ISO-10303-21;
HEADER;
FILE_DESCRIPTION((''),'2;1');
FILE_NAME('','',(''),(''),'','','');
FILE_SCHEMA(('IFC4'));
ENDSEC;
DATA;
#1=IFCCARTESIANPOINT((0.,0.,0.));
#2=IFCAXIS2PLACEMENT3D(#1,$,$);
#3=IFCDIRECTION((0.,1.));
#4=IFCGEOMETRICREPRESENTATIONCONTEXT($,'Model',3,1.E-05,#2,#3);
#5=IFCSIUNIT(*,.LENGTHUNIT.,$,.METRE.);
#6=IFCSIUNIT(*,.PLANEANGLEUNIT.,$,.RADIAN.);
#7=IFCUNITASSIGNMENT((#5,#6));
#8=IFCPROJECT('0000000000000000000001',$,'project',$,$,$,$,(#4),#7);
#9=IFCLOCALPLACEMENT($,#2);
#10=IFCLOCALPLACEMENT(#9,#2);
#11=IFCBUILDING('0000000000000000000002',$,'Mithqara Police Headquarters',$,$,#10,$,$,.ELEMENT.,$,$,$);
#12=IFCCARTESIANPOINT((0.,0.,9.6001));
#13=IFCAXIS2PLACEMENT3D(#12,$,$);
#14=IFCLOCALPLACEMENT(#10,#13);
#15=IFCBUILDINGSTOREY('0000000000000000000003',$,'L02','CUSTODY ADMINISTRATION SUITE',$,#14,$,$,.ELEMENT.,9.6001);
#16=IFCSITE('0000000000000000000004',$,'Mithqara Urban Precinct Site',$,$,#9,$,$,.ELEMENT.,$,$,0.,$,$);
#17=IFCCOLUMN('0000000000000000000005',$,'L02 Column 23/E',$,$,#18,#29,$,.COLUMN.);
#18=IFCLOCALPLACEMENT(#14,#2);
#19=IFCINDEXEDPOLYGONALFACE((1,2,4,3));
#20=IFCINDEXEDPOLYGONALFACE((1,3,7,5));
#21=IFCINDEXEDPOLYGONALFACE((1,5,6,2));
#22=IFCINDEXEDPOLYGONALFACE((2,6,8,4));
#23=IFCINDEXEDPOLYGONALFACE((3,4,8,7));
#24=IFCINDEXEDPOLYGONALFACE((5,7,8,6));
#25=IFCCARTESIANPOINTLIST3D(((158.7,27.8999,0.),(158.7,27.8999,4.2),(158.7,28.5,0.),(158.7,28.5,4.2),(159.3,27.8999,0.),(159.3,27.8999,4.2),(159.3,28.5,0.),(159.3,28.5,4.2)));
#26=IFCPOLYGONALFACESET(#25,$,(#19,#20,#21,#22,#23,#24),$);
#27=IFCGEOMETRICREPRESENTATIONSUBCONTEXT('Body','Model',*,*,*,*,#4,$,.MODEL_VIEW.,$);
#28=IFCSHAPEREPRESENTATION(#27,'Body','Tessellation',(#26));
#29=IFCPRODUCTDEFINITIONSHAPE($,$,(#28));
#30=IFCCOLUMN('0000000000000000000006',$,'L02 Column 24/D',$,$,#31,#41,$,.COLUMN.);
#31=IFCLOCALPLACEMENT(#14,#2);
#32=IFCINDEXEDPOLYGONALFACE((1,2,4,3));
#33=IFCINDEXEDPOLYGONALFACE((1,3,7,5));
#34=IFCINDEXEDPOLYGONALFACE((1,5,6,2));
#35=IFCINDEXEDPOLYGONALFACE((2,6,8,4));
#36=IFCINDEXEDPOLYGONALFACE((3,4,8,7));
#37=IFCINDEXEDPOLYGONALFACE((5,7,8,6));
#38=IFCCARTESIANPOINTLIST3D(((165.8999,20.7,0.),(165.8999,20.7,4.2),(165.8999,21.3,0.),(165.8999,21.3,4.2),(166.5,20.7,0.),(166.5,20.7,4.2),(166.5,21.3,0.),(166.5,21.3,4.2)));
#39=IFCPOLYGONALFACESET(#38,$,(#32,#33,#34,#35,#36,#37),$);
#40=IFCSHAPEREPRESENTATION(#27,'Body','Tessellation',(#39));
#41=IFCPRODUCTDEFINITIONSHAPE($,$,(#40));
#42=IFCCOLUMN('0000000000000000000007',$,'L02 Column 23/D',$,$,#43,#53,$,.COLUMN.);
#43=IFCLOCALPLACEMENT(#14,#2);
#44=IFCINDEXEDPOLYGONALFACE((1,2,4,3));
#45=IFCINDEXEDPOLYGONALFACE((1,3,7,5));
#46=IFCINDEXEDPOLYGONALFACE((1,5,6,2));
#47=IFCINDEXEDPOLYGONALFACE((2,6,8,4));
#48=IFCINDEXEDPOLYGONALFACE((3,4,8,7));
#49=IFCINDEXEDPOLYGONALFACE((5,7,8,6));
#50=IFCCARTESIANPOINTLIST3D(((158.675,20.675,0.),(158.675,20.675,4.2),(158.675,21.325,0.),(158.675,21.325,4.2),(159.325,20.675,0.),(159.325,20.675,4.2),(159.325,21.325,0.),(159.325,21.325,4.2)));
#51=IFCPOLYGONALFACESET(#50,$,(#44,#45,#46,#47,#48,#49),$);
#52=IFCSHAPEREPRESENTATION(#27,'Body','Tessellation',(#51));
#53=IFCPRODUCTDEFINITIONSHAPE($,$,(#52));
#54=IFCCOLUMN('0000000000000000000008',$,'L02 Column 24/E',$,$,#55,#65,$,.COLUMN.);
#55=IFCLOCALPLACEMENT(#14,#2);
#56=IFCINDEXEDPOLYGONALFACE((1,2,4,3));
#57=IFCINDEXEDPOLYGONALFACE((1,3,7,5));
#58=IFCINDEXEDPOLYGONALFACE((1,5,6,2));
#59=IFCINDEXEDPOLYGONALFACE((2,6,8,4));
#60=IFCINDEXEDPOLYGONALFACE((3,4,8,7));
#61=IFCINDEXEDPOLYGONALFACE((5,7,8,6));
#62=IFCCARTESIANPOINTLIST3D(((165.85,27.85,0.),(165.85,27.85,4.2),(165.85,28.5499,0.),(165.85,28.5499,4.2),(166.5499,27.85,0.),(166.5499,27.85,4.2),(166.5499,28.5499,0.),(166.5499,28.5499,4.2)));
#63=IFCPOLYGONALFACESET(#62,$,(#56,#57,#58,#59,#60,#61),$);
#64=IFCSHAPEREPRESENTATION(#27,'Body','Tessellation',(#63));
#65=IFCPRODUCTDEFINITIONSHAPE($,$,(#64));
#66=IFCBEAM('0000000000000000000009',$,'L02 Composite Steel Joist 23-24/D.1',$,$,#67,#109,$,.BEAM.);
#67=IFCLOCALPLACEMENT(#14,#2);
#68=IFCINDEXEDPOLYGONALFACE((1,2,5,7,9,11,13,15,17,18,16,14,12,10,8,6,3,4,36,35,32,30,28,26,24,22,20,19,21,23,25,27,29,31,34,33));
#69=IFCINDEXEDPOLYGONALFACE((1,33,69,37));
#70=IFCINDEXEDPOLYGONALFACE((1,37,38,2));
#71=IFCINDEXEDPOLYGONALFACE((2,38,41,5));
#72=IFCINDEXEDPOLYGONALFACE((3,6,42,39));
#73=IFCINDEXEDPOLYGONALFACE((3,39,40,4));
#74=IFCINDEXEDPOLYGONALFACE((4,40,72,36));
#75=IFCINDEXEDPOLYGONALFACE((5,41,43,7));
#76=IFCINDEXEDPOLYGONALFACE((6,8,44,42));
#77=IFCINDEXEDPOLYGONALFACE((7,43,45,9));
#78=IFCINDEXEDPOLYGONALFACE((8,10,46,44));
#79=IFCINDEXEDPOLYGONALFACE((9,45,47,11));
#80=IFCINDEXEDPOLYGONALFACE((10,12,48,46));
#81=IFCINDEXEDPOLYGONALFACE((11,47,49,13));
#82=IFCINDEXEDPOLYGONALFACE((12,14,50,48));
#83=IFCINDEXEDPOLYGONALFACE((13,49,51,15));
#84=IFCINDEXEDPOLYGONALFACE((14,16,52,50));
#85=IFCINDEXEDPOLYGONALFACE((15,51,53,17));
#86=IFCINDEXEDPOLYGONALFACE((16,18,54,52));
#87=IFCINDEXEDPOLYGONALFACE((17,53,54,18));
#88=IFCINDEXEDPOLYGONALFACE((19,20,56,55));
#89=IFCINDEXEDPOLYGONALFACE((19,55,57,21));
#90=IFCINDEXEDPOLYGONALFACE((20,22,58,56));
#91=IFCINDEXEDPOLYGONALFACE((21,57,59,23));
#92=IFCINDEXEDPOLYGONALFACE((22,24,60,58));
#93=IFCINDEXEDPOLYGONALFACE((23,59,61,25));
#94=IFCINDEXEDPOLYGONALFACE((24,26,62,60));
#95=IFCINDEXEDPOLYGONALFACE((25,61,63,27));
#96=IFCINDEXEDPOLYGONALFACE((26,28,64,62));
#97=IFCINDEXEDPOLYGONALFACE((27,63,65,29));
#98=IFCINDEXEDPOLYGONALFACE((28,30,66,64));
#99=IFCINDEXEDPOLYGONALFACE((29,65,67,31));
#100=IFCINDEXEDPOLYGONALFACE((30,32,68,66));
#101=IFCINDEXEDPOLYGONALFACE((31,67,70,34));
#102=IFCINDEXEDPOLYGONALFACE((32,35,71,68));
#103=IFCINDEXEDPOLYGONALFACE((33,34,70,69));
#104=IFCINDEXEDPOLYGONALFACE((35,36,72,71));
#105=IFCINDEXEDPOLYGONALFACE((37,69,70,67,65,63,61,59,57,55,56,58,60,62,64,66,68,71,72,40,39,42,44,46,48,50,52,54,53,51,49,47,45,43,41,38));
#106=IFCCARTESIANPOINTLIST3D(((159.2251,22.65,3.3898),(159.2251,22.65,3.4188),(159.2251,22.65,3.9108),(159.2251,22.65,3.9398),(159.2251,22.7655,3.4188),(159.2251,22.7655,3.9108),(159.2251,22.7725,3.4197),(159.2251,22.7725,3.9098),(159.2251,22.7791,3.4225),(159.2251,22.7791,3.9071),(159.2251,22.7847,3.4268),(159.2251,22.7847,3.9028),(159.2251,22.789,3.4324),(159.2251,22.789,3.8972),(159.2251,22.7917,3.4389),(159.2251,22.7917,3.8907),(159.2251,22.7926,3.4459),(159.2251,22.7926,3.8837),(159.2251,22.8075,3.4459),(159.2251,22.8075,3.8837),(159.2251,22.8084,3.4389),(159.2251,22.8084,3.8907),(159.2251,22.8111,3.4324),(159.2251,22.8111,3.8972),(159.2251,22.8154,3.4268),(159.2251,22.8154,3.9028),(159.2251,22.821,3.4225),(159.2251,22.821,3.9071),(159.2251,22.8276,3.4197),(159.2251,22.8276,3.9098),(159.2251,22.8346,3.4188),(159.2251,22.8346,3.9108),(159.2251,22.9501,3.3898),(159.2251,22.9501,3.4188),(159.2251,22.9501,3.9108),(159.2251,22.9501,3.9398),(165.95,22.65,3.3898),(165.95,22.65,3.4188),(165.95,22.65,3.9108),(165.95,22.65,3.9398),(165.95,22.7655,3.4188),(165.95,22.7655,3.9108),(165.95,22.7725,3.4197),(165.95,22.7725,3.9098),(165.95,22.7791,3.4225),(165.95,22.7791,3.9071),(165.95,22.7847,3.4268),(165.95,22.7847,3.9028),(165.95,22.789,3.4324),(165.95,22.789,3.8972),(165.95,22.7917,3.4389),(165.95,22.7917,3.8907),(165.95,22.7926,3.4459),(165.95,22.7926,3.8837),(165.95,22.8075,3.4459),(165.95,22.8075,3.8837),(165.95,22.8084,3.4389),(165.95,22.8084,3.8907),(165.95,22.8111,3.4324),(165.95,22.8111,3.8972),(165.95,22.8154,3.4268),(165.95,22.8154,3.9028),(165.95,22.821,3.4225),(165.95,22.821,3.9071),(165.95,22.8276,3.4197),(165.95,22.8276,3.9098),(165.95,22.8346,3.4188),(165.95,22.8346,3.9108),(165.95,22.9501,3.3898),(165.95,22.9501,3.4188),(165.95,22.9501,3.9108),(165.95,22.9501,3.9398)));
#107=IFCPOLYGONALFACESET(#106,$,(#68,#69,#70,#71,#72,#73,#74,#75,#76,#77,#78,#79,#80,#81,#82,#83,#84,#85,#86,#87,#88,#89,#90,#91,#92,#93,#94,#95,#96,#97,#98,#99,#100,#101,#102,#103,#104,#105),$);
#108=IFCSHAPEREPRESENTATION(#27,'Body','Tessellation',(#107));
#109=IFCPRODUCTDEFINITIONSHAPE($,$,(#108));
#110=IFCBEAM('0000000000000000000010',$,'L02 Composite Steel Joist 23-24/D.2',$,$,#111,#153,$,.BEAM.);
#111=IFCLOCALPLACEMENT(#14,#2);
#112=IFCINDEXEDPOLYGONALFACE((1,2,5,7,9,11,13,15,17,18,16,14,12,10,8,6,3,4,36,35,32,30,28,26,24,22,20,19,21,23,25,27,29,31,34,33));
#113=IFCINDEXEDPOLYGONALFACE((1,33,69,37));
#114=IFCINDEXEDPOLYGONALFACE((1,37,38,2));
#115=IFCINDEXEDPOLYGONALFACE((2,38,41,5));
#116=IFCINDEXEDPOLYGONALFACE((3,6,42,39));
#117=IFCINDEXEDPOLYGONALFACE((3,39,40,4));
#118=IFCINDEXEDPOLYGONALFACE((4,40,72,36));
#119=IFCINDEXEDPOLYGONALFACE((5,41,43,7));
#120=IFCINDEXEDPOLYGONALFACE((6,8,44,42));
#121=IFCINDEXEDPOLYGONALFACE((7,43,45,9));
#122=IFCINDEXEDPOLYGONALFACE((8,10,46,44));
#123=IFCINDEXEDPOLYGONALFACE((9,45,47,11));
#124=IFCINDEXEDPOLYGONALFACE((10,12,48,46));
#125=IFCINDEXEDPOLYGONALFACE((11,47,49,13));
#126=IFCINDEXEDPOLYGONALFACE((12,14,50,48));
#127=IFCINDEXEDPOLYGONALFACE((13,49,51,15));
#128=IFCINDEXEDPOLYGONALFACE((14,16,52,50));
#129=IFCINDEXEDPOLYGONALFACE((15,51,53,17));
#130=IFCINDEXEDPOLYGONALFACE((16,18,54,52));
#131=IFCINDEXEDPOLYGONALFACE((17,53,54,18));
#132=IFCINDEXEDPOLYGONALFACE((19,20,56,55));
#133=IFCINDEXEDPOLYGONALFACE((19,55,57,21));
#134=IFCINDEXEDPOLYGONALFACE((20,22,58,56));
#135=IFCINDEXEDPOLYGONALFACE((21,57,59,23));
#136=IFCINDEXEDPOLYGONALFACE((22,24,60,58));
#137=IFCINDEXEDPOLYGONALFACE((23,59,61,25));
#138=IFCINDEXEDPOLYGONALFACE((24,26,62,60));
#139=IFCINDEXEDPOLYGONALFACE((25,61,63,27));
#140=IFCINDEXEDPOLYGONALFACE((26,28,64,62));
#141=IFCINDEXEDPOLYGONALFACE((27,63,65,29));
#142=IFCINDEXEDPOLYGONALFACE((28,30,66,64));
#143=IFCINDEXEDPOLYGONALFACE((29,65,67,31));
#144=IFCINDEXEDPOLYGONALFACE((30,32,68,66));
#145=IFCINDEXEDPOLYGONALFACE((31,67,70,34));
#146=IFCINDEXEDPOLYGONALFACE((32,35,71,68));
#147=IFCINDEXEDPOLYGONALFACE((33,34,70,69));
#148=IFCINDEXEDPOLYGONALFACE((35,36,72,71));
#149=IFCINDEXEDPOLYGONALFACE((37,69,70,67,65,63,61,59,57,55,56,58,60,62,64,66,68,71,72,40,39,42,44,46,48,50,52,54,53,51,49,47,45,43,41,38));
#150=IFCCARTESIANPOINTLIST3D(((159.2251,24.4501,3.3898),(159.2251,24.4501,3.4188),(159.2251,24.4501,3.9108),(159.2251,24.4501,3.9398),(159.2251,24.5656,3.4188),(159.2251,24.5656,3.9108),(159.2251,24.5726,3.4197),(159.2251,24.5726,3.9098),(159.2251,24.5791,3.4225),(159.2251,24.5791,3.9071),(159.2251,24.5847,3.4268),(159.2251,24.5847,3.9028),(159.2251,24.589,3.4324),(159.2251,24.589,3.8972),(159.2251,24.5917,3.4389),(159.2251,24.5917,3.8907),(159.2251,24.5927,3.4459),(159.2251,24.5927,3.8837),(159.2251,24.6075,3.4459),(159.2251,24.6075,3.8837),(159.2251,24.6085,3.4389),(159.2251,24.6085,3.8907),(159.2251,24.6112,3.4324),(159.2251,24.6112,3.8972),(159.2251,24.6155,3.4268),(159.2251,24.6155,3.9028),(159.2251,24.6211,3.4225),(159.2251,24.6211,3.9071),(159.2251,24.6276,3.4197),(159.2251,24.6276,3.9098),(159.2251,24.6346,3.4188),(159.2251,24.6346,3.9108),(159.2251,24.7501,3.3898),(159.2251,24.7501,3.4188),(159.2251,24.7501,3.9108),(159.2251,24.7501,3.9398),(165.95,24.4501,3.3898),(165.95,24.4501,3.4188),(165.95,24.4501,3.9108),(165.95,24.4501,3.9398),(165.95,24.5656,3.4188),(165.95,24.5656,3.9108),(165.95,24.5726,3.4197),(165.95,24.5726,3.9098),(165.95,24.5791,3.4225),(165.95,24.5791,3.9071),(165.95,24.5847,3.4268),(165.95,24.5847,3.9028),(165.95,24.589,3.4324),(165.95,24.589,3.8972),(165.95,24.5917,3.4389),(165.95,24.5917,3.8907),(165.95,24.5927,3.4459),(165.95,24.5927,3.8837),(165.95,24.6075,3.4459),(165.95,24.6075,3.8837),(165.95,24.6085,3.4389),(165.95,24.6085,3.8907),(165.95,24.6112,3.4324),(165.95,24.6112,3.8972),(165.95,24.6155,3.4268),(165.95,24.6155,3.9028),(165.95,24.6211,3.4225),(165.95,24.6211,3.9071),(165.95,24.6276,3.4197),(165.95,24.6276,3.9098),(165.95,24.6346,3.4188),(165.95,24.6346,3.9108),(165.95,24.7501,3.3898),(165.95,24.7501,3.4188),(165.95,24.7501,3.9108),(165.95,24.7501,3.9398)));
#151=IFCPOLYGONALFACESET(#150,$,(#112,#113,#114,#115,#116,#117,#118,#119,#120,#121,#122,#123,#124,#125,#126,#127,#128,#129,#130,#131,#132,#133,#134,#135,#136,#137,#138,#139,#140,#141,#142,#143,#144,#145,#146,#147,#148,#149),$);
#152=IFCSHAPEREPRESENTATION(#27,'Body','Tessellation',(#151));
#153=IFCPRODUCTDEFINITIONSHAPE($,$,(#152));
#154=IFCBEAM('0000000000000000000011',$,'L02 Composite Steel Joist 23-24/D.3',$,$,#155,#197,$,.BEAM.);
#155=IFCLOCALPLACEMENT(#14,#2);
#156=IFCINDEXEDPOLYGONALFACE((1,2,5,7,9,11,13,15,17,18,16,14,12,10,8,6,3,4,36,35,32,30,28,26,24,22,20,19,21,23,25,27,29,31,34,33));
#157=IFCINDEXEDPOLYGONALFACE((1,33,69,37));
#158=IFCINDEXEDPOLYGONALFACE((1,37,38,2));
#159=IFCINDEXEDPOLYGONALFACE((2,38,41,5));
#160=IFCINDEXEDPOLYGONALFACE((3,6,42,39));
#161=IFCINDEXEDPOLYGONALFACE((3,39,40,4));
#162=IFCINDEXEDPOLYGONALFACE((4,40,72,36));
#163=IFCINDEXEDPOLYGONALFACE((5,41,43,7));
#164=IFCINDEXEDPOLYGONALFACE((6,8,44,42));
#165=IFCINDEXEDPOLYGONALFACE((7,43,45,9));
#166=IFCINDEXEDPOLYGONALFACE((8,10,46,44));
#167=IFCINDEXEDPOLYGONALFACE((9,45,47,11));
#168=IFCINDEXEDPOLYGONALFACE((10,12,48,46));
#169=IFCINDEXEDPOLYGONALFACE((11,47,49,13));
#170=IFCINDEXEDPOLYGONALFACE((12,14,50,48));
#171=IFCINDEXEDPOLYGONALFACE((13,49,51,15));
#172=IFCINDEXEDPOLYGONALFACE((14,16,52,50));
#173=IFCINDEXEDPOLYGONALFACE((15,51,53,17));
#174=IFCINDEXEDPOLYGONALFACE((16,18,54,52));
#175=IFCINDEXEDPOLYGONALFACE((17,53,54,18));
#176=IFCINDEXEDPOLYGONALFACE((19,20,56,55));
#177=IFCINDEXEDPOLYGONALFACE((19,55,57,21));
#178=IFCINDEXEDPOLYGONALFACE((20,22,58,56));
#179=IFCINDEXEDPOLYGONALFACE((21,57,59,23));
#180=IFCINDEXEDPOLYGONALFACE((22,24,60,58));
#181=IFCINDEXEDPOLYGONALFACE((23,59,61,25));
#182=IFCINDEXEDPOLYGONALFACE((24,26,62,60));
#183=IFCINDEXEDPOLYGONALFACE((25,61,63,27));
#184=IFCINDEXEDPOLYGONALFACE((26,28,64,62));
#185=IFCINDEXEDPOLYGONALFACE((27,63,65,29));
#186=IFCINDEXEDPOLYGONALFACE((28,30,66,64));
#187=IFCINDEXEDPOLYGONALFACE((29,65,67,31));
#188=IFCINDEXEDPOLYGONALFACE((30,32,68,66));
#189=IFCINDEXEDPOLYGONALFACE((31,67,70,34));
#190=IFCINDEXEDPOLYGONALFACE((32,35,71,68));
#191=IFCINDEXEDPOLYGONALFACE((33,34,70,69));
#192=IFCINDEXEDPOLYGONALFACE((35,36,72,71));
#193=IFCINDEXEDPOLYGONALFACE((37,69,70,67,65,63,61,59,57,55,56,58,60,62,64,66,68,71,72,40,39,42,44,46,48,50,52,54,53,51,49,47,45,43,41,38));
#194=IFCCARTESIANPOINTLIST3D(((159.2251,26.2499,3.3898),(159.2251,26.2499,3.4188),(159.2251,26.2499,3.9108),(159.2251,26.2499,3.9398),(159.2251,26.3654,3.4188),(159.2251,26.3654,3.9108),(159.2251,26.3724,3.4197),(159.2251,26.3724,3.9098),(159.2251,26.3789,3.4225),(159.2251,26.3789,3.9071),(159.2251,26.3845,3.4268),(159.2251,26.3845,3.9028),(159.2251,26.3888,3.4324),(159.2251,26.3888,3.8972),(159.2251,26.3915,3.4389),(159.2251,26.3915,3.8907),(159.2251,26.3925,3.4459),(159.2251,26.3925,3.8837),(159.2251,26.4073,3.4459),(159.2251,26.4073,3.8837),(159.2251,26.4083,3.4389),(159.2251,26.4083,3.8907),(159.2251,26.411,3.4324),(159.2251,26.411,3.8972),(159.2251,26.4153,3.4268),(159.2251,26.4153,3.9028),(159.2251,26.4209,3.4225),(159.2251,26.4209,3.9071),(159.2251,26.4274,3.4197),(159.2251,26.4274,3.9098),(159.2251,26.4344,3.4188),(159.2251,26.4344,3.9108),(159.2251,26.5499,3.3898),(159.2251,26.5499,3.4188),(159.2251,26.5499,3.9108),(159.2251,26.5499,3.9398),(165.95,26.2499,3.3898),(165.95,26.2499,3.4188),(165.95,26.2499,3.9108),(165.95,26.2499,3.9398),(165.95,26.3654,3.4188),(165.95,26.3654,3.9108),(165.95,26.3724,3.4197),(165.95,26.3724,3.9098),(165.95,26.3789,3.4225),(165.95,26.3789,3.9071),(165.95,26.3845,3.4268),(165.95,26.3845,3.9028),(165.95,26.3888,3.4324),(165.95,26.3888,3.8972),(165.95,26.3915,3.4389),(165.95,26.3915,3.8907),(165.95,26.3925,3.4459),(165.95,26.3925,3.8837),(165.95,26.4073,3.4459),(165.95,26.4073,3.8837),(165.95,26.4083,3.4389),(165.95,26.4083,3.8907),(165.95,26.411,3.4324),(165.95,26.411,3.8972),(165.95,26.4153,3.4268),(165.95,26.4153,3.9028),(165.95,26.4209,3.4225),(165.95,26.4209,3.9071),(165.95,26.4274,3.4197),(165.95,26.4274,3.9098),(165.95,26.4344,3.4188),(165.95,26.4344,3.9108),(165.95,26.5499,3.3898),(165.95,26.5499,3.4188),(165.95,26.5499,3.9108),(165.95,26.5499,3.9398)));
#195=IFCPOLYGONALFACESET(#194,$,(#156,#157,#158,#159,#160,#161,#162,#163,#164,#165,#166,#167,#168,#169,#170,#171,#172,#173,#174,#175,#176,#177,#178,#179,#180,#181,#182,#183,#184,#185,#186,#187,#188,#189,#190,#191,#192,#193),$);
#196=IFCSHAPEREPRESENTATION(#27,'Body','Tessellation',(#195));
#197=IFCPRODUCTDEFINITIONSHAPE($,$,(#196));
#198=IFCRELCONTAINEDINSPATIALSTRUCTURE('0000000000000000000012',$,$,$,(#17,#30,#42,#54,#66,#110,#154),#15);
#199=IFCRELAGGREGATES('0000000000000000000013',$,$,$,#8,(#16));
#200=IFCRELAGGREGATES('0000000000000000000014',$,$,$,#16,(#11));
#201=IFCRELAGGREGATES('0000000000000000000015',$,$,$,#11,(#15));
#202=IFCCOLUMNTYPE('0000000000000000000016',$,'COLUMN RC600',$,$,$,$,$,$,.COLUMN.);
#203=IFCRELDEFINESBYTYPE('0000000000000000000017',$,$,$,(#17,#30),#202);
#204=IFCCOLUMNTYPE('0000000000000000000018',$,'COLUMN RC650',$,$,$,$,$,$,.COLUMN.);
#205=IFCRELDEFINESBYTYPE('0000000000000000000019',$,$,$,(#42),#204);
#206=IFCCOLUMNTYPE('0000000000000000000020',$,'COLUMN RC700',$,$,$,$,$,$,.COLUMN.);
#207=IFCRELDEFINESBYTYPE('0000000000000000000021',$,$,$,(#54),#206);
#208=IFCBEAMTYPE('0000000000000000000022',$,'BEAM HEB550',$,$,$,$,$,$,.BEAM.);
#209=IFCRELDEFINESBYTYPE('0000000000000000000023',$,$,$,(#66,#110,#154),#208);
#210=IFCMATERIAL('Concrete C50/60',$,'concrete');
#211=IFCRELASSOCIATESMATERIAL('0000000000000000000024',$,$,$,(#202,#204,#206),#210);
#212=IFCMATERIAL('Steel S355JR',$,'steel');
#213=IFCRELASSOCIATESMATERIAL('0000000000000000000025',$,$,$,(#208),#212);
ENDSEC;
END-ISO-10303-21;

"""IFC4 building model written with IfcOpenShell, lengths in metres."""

from ifc_helpers import new_model, si_unit, direction, frame, origin, origin_2d, place, context, subcontext, project, spatial, rectangle, i_section, extrude, material, material_profile, profile_set, type_object, element, save


model = new_model("IFC4")

# Units and contexts
model_context = context("Model", 3, precision=1e-05, world=origin(), true_north=direction((0.0, 1.0)))
body_context = subcontext(model_context, "Body", "Model", "MODEL_VIEW")
ifc_project = project(units=[si_unit("LENGTHUNIT", "METRE"), si_unit("PLANEANGLEUNIT", "RADIAN")], contexts=[model_context])

# Site, building, storey
site_placement = place(None, origin())
site = spatial("IfcSite", under=ifc_project, at=site_placement, Name="Mithqara Urban Precinct Site", CompositionType="ELEMENT", RefElevation=0.0)
building_placement = place(site_placement, origin())
building = spatial("IfcBuilding", under=site, at=building_placement, Name="Mithqara Police Headquarters", CompositionType="ELEMENT")
storey_placement = place(building_placement, frame((0.0, 0.0, 9.6001)))
storey = spatial("IfcBuildingStorey", under=building, at=storey_placement, Name="L02", Description="CUSTODY ADMINISTRATION SUITE", CompositionType="ELEMENT", Elevation=9.6001)

# Columns
ifc_material_1 = material(Name="Concrete C50/60", Category="concrete")
ifc_material_profile_1 = material_profile(ifc_material_1, rectangle(XDim=0.6001, YDim=0.6001, at=origin_2d()), Name="RC 600x600")
ifc_profile_set_1 = profile_set([ifc_material_profile_1], Name="Concrete C50/60")
column_type_1 = type_object("IfcColumnType", Name="COLUMN RC600", PredefinedType="COLUMN", material=ifc_profile_set_1)
for number, where, z_axis, x_axis, name in (
    (1, (159.0, 28.2, 0.0), (0.0, 0.0, 1.0), (1.0, 0.0, 0.0), "L02 Column 23/E"),
    (2, (166.2, 21.0, 0.0), (0.0, 0.0, 1.0), (1.0, 0.0, 0.0), "L02 Column 24/D"),
):
    element("IfcColumn", number, at=place(storey_placement, frame(where, z_axis=z_axis, x_axis=x_axis)), inside=storey, type_object=column_type_1, Name=name, PredefinedType="COLUMN", context=body_context, shape_type="SweptSolid", body=[
        extrude(rectangle(XDim=0.6001, YDim=0.6001, at=origin_2d()), origin(), (0.0, 0.0, 1.0), 4.2),
    ])
ifc_material_profile_2 = material_profile(ifc_material_1, rectangle(XDim=0.6499, YDim=0.6499, at=origin_2d()), Name="RC 650x650")
ifc_profile_set_2 = profile_set([ifc_material_profile_2], Name="Concrete C50/60")
column_type_2 = type_object("IfcColumnType", Name="COLUMN RC650", PredefinedType="COLUMN", material=ifc_profile_set_2)
column_1_placement = place(storey_placement, frame((159.0, 21.0, 0.0), z_axis=(0.0, 0.0, 1.0), x_axis=(1.0, 0.0, 0.0)))
element("IfcColumn", 3, at=column_1_placement, inside=storey, type_object=column_type_2, Name="L02 Column 23/D", PredefinedType="COLUMN", context=body_context, shape_type="SweptSolid", body=[
    extrude(rectangle(XDim=0.6499, YDim=0.6499, at=origin_2d()), origin(), (0.0, 0.0, 1.0), 4.2),
])
ifc_material_profile_3 = material_profile(ifc_material_1, rectangle(XDim=0.7, YDim=0.7, at=origin_2d()), Name="RC 700x700")
ifc_profile_set_3 = profile_set([ifc_material_profile_3], Name="Concrete C50/60")
column_type_3 = type_object("IfcColumnType", Name="COLUMN RC700", PredefinedType="COLUMN", material=ifc_profile_set_3)
column_2_placement = place(storey_placement, frame((166.2, 28.2, 0.0), z_axis=(0.0, 0.0, 1.0), x_axis=(1.0, 0.0, 0.0)))
element("IfcColumn", 4, at=column_2_placement, inside=storey, type_object=column_type_3, Name="L02 Column 24/E", PredefinedType="COLUMN", context=body_context, shape_type="SweptSolid", body=[
    extrude(rectangle(XDim=0.7, YDim=0.7, at=origin_2d()), origin(), (0.0, 0.0, 1.0), 4.2),
])

# Beams
ifc_material_2 = material(Name="Steel S355JR", Category="steel")
ifc_material_profile_4 = material_profile(ifc_material_2, i_section(OverallWidth=0.3, OverallDepth=0.55, WebThickness=0.0149, FlangeThickness=0.0291, FilletRadius=0.0271, at=origin_2d()), Name="HEB 550")
ifc_profile_set_4 = profile_set([ifc_material_profile_4], Name="Steel S355JR")
beam_type_1 = type_object("IfcBeamType", Name="BEAM HEB550", PredefinedType="BEAM", material=ifc_profile_set_4)
for number, where, z_axis, x_axis, name in (
    (5, (159.2251, 22.8, 3.6648), (1.0, 0.0, 0.0), (0.0, 1.0, 0.0), "L02 Composite Steel Joist 23-24/D.1"),
    (6, (159.2251, 24.6001, 3.6648), (1.0, 0.0, 0.0), (0.0, 1.0, 0.0), "L02 Composite Steel Joist 23-24/D.2"),
    (7, (159.2251, 26.3999, 3.6648), (1.0, 0.0, 0.0), (0.0, 1.0, 0.0), "L02 Composite Steel Joist 23-24/D.3"),
):
    element("IfcBeam", number, at=place(storey_placement, frame(where, z_axis=z_axis, x_axis=x_axis)), inside=storey, type_object=beam_type_1, Name=name, PredefinedType="BEAM", context=body_context, shape_type="SweptSolid", body=[
        extrude(i_section(OverallWidth=0.3, OverallDepth=0.55, WebThickness=0.0149, FlangeThickness=0.0291, FilletRadius=0.0271, at=origin_2d()), origin(), (0.0, 0.0, 1.0), 6.7249),
    ])

save(model, "model.ifc")
